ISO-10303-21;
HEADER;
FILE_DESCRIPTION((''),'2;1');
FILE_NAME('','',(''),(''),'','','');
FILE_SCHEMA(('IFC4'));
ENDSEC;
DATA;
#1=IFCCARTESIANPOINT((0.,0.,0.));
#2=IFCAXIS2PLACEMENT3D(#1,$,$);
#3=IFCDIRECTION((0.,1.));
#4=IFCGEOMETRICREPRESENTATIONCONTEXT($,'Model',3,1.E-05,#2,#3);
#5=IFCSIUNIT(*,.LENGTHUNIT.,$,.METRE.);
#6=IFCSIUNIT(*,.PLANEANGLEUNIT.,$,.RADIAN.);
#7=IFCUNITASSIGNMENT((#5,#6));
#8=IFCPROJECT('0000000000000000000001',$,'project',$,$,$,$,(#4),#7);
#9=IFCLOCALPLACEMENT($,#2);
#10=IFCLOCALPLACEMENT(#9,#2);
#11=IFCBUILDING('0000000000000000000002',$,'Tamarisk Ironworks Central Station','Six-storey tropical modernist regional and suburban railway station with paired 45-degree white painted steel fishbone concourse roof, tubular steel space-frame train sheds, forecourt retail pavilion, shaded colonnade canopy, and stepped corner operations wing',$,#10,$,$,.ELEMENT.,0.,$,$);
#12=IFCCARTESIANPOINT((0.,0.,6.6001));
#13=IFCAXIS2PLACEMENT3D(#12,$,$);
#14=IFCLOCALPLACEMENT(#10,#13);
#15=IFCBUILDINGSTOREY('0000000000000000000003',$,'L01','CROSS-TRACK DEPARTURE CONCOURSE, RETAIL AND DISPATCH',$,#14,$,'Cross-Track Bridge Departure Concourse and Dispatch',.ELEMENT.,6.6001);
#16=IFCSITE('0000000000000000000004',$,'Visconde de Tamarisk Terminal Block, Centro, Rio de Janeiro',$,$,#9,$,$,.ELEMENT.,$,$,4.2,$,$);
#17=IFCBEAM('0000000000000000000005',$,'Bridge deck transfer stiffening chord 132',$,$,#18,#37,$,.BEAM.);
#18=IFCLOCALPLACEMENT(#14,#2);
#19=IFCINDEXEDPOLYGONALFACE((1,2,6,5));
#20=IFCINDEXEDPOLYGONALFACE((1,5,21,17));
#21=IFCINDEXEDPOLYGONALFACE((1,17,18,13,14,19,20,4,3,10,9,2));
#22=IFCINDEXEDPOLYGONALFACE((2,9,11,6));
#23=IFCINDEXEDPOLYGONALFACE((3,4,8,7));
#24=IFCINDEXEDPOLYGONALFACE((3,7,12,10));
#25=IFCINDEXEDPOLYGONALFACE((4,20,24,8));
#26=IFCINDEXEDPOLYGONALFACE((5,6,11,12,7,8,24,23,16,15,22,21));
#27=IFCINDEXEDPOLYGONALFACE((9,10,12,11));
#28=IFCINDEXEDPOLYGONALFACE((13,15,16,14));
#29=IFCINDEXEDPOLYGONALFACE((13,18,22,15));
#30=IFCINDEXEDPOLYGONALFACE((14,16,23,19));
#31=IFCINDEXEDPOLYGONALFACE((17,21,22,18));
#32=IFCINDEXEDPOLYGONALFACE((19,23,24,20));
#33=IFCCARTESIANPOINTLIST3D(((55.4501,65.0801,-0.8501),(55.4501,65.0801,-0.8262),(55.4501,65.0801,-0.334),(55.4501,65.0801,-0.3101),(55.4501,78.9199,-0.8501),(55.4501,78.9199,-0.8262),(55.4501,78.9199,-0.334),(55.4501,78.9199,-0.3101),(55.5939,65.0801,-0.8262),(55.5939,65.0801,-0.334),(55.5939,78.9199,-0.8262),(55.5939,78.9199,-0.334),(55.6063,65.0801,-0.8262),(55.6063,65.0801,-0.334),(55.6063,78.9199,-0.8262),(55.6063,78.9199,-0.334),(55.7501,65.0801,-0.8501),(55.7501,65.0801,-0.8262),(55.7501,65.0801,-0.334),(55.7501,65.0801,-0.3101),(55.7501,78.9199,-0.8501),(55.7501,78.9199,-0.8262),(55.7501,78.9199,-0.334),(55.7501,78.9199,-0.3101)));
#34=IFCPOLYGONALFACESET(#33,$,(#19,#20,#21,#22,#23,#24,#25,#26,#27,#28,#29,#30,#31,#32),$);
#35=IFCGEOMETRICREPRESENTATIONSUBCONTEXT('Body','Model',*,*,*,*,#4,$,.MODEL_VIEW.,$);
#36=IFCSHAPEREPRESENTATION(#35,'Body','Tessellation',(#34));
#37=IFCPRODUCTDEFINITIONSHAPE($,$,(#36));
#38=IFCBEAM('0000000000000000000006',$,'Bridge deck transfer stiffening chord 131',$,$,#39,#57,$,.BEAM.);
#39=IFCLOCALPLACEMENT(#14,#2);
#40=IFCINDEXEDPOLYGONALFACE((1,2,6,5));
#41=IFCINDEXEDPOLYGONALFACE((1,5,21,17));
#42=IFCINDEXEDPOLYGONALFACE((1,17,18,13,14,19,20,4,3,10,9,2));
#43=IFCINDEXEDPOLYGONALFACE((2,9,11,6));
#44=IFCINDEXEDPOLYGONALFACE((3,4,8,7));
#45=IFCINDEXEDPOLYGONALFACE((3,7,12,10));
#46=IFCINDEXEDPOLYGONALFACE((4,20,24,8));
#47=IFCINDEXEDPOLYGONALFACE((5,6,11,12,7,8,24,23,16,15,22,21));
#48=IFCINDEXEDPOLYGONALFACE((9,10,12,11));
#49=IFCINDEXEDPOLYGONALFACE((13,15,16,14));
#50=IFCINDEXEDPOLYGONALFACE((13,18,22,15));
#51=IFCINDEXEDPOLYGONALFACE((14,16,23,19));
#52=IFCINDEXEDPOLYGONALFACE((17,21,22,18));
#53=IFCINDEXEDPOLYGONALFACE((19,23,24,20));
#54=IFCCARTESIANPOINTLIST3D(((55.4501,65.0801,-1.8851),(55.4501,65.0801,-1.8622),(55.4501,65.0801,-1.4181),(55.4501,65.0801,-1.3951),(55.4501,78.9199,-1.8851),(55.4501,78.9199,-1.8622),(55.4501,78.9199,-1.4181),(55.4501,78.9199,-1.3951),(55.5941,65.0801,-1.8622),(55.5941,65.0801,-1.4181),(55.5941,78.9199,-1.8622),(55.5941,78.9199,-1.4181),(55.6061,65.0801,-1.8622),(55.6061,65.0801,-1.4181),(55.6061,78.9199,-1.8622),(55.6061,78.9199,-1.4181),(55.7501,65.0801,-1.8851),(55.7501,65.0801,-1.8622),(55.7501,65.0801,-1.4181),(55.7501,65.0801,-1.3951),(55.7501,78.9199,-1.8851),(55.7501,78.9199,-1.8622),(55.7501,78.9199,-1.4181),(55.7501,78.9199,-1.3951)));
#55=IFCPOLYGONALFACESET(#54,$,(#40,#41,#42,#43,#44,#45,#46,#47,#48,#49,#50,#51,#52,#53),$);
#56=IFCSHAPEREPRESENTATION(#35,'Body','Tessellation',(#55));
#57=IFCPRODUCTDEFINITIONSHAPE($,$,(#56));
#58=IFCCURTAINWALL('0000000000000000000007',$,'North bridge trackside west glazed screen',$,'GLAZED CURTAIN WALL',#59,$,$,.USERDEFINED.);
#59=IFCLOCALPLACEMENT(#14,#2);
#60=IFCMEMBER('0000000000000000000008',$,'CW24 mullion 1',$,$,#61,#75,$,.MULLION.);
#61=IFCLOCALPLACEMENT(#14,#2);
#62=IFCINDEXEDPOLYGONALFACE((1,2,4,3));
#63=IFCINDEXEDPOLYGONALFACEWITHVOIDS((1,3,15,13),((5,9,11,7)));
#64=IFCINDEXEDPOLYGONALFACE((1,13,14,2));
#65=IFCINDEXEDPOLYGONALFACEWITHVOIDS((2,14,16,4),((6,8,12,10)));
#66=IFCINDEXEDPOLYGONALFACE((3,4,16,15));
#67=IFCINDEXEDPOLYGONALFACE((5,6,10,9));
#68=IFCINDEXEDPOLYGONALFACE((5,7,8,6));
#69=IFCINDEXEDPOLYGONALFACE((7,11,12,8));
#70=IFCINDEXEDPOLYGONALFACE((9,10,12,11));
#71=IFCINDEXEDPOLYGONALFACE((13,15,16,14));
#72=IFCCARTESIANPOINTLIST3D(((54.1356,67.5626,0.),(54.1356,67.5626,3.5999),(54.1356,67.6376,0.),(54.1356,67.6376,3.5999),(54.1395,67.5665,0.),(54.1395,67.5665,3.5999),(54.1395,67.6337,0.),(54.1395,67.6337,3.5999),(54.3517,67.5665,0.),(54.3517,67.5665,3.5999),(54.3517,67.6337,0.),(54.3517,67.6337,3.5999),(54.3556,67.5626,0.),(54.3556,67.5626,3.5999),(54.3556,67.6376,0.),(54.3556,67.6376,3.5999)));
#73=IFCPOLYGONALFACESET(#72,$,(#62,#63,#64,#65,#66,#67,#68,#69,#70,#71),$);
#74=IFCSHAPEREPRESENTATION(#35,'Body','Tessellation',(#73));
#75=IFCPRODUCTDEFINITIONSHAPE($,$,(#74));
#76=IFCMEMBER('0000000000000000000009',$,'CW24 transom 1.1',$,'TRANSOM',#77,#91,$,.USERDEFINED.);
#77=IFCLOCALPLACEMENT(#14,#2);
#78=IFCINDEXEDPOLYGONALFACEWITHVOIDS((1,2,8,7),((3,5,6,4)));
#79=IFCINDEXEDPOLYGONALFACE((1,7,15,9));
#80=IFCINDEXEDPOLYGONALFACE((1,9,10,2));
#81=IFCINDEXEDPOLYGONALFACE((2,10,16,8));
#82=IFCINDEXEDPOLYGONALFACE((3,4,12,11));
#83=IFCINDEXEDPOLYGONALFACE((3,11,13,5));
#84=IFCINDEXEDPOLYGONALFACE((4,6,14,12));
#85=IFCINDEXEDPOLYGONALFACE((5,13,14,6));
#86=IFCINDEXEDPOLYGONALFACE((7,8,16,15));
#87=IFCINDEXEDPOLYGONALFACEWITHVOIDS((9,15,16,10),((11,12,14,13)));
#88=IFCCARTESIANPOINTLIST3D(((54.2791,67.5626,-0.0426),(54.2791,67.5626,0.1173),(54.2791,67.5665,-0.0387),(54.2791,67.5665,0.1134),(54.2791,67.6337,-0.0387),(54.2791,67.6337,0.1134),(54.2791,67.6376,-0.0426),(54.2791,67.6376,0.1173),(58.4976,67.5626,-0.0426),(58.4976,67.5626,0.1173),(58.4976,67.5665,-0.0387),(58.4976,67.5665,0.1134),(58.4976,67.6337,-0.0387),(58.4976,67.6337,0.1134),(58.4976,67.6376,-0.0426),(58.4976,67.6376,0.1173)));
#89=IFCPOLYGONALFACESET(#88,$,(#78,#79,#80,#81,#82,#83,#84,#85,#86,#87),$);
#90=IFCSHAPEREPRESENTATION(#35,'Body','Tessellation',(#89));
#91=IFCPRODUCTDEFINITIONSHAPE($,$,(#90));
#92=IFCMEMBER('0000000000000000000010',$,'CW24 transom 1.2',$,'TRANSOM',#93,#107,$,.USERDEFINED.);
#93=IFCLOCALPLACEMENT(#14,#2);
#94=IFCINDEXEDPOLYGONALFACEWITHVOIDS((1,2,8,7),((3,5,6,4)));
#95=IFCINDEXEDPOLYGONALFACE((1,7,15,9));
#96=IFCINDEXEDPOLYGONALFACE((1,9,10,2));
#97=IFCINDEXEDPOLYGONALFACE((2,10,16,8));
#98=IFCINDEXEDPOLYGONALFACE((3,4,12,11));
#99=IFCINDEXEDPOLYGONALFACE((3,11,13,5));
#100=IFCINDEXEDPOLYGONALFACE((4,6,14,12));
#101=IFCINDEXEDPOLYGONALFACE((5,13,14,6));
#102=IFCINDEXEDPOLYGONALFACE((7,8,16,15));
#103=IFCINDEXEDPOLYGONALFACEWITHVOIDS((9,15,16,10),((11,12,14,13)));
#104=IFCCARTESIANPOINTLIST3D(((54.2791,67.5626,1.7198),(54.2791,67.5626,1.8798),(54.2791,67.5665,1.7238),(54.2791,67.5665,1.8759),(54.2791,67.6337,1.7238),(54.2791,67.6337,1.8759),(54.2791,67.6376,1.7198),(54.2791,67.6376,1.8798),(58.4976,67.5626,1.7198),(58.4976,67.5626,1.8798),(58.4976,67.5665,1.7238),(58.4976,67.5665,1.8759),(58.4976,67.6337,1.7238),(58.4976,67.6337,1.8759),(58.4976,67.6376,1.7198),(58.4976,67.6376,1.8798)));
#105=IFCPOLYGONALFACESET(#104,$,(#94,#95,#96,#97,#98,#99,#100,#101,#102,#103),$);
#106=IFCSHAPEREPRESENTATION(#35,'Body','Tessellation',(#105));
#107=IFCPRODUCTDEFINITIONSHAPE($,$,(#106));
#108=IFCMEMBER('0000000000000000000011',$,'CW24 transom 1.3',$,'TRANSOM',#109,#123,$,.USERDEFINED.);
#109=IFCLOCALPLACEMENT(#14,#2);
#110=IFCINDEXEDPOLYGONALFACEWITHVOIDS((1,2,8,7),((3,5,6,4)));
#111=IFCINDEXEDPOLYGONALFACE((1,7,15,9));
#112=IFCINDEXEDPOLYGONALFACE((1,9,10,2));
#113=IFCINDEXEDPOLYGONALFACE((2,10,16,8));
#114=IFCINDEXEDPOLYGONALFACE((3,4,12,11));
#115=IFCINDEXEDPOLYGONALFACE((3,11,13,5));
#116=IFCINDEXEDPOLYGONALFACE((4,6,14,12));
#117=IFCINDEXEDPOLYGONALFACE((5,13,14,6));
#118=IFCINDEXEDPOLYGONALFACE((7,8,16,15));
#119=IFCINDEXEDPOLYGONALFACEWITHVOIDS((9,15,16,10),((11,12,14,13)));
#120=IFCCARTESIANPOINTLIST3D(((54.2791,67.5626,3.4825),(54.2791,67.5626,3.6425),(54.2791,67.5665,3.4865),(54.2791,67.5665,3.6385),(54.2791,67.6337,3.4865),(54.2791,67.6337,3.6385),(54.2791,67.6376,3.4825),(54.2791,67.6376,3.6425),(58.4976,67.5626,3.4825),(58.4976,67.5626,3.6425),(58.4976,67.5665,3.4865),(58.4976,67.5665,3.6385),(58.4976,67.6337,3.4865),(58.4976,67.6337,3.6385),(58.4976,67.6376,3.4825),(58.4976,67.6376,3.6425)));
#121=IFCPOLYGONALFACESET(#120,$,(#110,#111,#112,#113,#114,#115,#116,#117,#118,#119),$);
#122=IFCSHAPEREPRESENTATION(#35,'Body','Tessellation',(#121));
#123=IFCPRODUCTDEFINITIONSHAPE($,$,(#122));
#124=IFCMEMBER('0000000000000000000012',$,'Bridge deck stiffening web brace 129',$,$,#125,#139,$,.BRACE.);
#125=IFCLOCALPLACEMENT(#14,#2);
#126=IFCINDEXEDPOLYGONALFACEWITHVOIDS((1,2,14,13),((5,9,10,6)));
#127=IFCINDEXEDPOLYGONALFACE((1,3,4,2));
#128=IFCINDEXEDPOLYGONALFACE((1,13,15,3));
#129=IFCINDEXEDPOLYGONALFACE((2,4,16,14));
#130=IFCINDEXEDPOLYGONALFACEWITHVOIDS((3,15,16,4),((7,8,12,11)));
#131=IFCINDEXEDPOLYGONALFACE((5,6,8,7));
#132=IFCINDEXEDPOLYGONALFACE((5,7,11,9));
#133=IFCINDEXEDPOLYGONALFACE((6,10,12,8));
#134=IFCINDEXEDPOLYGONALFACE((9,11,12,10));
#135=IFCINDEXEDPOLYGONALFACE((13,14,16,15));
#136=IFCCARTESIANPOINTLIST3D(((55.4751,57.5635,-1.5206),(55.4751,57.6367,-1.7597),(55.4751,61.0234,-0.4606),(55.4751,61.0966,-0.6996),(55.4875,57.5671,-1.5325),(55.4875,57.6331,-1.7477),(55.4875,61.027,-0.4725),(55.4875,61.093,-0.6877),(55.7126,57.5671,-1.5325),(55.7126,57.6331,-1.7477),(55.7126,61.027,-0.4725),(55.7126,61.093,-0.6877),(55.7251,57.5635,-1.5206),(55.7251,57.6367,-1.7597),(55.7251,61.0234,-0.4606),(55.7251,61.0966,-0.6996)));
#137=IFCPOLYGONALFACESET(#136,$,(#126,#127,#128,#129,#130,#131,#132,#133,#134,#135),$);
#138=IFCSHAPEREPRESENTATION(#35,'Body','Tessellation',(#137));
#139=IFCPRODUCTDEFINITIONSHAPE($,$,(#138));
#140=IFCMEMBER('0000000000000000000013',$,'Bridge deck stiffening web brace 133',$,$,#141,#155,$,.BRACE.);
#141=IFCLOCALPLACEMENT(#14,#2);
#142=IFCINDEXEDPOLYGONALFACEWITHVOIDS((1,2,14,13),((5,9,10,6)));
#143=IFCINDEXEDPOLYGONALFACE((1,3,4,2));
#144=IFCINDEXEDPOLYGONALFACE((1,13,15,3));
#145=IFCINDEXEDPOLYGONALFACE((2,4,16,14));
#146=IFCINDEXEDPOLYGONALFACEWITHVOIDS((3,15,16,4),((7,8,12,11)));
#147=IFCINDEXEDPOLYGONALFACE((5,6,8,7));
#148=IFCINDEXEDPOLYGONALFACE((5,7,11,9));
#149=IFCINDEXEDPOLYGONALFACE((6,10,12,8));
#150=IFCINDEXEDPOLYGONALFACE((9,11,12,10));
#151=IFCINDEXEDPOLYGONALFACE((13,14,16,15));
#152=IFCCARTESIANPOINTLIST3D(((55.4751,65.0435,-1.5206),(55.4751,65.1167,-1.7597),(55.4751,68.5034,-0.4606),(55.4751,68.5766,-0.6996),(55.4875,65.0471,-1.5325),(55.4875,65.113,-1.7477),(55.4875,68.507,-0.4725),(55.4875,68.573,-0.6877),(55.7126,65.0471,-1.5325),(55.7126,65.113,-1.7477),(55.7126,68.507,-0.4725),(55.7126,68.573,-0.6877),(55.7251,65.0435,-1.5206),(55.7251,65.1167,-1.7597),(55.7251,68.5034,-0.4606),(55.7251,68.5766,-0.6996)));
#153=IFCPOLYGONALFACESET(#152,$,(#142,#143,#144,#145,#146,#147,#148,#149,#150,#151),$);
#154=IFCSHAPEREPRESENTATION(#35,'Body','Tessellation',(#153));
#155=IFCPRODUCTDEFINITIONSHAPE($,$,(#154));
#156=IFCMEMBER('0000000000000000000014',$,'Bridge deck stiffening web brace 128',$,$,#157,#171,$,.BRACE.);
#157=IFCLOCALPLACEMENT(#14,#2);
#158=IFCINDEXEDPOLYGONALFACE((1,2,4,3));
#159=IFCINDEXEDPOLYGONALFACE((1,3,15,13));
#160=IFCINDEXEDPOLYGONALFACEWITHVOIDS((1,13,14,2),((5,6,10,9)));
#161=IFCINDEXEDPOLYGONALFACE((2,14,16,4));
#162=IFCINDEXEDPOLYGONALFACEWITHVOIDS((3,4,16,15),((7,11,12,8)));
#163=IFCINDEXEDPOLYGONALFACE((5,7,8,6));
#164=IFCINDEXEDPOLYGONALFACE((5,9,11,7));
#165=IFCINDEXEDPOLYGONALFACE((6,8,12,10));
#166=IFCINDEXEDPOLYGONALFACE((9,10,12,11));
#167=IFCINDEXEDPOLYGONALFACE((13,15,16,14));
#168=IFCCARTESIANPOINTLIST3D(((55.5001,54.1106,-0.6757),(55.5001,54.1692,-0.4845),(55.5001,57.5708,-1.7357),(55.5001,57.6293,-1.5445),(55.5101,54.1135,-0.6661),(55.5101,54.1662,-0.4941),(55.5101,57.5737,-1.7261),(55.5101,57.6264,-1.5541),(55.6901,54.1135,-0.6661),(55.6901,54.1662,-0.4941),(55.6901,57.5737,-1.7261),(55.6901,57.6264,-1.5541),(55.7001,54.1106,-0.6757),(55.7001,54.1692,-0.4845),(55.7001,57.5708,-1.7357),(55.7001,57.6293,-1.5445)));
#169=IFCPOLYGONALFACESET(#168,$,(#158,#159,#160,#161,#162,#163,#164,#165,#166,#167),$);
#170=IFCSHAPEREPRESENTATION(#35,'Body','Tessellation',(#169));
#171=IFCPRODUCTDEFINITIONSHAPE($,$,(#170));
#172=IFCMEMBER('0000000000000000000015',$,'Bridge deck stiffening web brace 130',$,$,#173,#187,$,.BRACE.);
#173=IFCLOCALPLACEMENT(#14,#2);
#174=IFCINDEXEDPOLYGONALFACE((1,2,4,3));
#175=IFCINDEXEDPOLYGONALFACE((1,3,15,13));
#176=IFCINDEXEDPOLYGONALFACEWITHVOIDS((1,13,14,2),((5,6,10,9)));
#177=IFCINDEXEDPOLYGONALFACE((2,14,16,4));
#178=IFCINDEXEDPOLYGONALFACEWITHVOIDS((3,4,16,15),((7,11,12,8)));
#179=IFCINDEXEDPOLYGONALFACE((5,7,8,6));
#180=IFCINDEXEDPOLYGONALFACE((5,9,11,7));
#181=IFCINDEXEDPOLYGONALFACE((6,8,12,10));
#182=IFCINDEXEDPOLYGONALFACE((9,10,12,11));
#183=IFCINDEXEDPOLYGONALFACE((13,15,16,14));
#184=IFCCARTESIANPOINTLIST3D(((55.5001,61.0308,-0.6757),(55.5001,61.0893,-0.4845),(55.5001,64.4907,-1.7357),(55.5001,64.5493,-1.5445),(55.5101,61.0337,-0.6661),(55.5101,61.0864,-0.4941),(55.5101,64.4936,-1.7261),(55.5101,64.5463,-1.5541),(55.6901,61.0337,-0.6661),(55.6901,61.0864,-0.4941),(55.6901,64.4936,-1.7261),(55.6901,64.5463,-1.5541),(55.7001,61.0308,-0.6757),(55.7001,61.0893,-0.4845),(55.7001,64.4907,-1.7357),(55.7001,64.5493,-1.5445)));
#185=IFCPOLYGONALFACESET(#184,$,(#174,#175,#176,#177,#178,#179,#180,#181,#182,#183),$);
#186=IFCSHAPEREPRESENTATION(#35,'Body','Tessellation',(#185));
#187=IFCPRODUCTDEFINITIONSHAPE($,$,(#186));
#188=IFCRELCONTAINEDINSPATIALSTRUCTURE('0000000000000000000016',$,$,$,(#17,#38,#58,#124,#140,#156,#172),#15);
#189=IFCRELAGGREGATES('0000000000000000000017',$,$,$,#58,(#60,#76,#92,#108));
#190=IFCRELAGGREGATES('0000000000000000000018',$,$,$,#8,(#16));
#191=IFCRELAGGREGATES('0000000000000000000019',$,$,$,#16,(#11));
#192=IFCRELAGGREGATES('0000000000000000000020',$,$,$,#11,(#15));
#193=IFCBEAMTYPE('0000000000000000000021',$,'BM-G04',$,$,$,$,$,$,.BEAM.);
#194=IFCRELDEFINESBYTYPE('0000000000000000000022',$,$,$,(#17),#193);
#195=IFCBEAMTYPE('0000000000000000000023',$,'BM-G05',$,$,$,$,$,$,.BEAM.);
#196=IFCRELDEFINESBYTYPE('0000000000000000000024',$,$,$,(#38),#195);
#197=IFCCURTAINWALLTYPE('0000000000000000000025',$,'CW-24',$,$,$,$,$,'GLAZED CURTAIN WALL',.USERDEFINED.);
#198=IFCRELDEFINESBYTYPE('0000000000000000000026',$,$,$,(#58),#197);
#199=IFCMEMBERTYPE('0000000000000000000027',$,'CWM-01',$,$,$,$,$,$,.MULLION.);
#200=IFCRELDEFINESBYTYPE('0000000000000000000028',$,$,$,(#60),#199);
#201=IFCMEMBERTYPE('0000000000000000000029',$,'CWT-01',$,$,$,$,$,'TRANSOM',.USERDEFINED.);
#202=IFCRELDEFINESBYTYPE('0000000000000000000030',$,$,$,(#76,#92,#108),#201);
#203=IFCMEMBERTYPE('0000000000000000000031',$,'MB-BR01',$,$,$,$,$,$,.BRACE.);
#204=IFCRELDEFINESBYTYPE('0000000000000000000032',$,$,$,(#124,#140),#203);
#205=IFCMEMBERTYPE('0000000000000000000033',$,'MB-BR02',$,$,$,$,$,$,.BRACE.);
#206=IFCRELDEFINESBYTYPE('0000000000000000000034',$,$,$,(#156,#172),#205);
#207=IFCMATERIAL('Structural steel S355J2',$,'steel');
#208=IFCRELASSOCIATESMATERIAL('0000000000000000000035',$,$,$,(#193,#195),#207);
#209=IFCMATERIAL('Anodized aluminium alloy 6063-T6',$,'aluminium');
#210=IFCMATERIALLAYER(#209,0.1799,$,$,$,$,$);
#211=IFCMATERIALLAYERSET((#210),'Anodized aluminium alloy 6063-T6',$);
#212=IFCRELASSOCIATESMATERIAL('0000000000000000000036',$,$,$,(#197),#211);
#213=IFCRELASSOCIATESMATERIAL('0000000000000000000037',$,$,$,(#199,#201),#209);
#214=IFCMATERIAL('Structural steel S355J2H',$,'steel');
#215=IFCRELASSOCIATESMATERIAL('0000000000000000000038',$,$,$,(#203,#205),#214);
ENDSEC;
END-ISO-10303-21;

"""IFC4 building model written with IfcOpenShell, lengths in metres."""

from ifc_helpers import new_model, si_unit, direction, frame, origin, origin_2d, place, context, subcontext, project, spatial, hollow_rectangle, i_section, extrude, material, layer, layer_set, material_profile, profile_set, type_object, element, aggregate, save


model = new_model("IFC4")

# Units and contexts
model_context = context("Model", 3, precision=1e-05, world=origin(), true_north=direction((0.0, 1.0)))
body_context = subcontext(model_context, "Body", "Model", "MODEL_VIEW")
ifc_project = project(units=[si_unit("LENGTHUNIT", "METRE"), si_unit("PLANEANGLEUNIT", "RADIAN")], contexts=[model_context])

# Site, building, storey
site_placement = place(None, origin())
site = spatial("IfcSite", under=ifc_project, at=site_placement, Name="Visconde de Tamarisk Terminal Block, Centro, Rio de Janeiro", CompositionType="ELEMENT", RefElevation=4.2)
building_placement = place(site_placement, origin())
building = spatial("IfcBuilding", under=site, at=building_placement, Name="Tamarisk Ironworks Central Station", Description="Six-storey tropical modernist regional and suburban railway station with paired 45-degree white painted steel fishbone concourse roof, tubular steel space-frame train sheds, forecourt retail pavilion, shaded colonnade canopy, and stepped corner operations wing", CompositionType="ELEMENT", ElevationOfRefHeight=0.0)
storey_placement = place(building_placement, frame((0.0, 0.0, 6.6001)))
storey = spatial("IfcBuildingStorey", under=building, at=storey_placement, Name="L01", Description="CROSS-TRACK DEPARTURE CONCOURSE, RETAIL AND DISPATCH", LongName="Cross-Track Bridge Departure Concourse and Dispatch", CompositionType="ELEMENT", Elevation=6.6001)

# Beams
ifc_material_1 = material(Name="Structural steel S355J2", Category="steel")
ifc_material_profile_1 = material_profile(ifc_material_1, i_section(OverallWidth=0.3, OverallDepth=0.54, WebThickness=0.0125, FlangeThickness=0.0239, at=origin_2d()), Name="HEA 550")
ifc_profile_set_1 = profile_set([ifc_material_profile_1], Name="Structural steel S355J2")
beam_type_1 = type_object("IfcBeamType", Name="BM-G04", PredefinedType="BEAM", material=ifc_profile_set_1)
beam_1_placement = place(storey_placement, frame((55.6001, 65.0801, -0.5801), z_axis=(0.0, 1.0, 0.0), x_axis=(-1.0, 0.0, 0.0)))
element("IfcBeam", 1, at=beam_1_placement, inside=storey, type_object=beam_type_1, Name="Bridge deck transfer stiffening chord 132", PredefinedType="BEAM", context=body_context, shape_type="SweptSolid", body=[
    extrude(i_section(OverallWidth=0.3, OverallDepth=0.54, WebThickness=0.0125, FlangeThickness=0.0239, at=origin_2d()), origin(), (0.0, 0.0, 1.0), 13.8398),
])
ifc_material_profile_2 = material_profile(ifc_material_1, i_section(OverallWidth=0.3, OverallDepth=0.49, WebThickness=0.012, FlangeThickness=0.0229, at=origin_2d()), Name="HEA 500")
ifc_profile_set_2 = profile_set([ifc_material_profile_2], Name="Structural steel S355J2")
beam_type_2 = type_object("IfcBeamType", Name="BM-G05", PredefinedType="BEAM", material=ifc_profile_set_2)
beam_2_placement = place(storey_placement, frame((55.6001, 65.0801, -1.6401), z_axis=(0.0, 1.0, 0.0), x_axis=(-1.0, 0.0, 0.0)))
element("IfcBeam", 2, at=beam_2_placement, inside=storey, type_object=beam_type_2, Name="Bridge deck transfer stiffening chord 131", PredefinedType="BEAM", context=body_context, shape_type="SweptSolid", body=[
    extrude(i_section(OverallWidth=0.3, OverallDepth=0.49, WebThickness=0.012, FlangeThickness=0.0229, at=origin_2d()), origin(), (0.0, 0.0, 1.0), 13.8398),
])

# Curtain wall, members
ifc_material_2 = material(Name="Anodized aluminium alloy 6063-T6", Category="aluminium")
ifc_layer_1 = layer(ifc_material_2, 0.1799)
ifc_layer_set_1 = layer_set([ifc_layer_1], Name="Anodized aluminium alloy 6063-T6")
curtain_wall_type = type_object("IfcCurtainWallType", Name="CW-24", ElementType="GLAZED CURTAIN WALL", PredefinedType="USERDEFINED", material=ifc_layer_set_1)
curtain_wall_placement = place(storey_placement, origin())
curtain_wall = element("IfcCurtainWall", 3, at=curtain_wall_placement, inside=storey, type_object=curtain_wall_type, Name="North bridge trackside west glazed screen", ObjectType="GLAZED CURTAIN WALL", PredefinedType="USERDEFINED")
ifc_material_profile_3 = material_profile(ifc_material_2, hollow_rectangle(XDim=0.075, YDim=0.22, WallThickness=0.0039, at=origin_2d()), Name="ALUM 220x75")
ifc_profile_set_3 = profile_set([ifc_material_profile_3], Name="Anodized aluminium alloy 6063-T6")
member_type_1 = type_object("IfcMemberType", Name="CWM-01", PredefinedType="MULLION", material=ifc_profile_set_3)
member_1_placement = place(storey_placement, frame((54.2456, 67.6001, 0.0), z_axis=(0.0, 0.0, 1.0), x_axis=(0.0, 1.0, 0.0)))
member_1 = element("IfcMember", 4, at=member_1_placement, type_object=member_type_1, Name="CW24 mullion 1", PredefinedType="MULLION", context=body_context, shape_type="SweptSolid", body=[
    extrude(hollow_rectangle(XDim=0.075, YDim=0.22, WallThickness=0.0039, at=origin_2d()), origin(), (0.0, 0.0, 1.0), 3.5999),
])
ifc_material_profile_4 = material_profile(ifc_material_2, hollow_rectangle(XDim=0.075, YDim=0.1599, WallThickness=0.0039, at=origin_2d()), Name="ALUM 160x75")
ifc_profile_set_4 = profile_set([ifc_material_profile_4], Name="Anodized aluminium alloy 6063-T6")
member_type_2 = type_object("IfcMemberType", Name="CWT-01", ElementType="TRANSOM", PredefinedType="USERDEFINED", material=ifc_profile_set_4)
member_2_placement = place(storey_placement, frame((54.2791, 67.6001, 0.0374), z_axis=(1.0, 0.0, 0.0), x_axis=(0.0, 1.0, 0.0)))
member_2 = element("IfcMember", 5, at=member_2_placement, type_object=member_type_2, Name="CW24 transom 1.1", ObjectType="TRANSOM", PredefinedType="USERDEFINED", context=body_context, shape_type="SweptSolid", body=[
    extrude(hollow_rectangle(XDim=0.075, YDim=0.1599, WallThickness=0.0039, at=origin_2d()), origin(), (0.0, 0.0, 1.0), 4.2185),
])
member_3_placement = place(storey_placement, frame((54.2791, 67.6001, 1.7998), z_axis=(1.0, 0.0, 0.0), x_axis=(0.0, 1.0, 0.0)))
member_3 = element("IfcMember", 6, at=member_3_placement, type_object=member_type_2, Name="CW24 transom 1.2", ObjectType="TRANSOM", PredefinedType="USERDEFINED", context=body_context, shape_type="SweptSolid", body=[
    extrude(hollow_rectangle(XDim=0.075, YDim=0.1599, WallThickness=0.0039, at=origin_2d()), origin(), (0.0, 0.0, 1.0), 4.2185),
])
member_4_placement = place(storey_placement, frame((54.2791, 67.6001, 3.5625), z_axis=(1.0, 0.0, 0.0), x_axis=(0.0, 1.0, 0.0)))
member_4 = element("IfcMember", 7, at=member_4_placement, type_object=member_type_2, Name="CW24 transom 1.3", ObjectType="TRANSOM", PredefinedType="USERDEFINED", context=body_context, shape_type="SweptSolid", body=[
    extrude(hollow_rectangle(XDim=0.075, YDim=0.1599, WallThickness=0.0039, at=origin_2d()), origin(), (0.0, 0.0, 1.0), 4.2185),
])
aggregate(curtain_wall, [member_1, member_2, member_3, member_4])

# Members
ifc_material_3 = material(Name="Structural steel S355J2H", Category="steel")
ifc_material_profile_5 = material_profile(ifc_material_3, hollow_rectangle(XDim=0.25, YDim=0.25, WallThickness=0.0125, at=origin_2d()), Name="SHS 250x250x12.5")
ifc_profile_set_5 = profile_set([ifc_material_profile_5], Name="Structural steel S355J2H")
member_type_3 = type_object("IfcMemberType", Name="MB-BR01", PredefinedType="BRACE", material=ifc_profile_set_5)
for number, where, z_axis, x_axis, name in (
    (8, (55.6001, 57.6001, -1.6401), (0.0, 0.956131, 0.292938), (-1.0, 0.0, 0.0), "Bridge deck stiffening web brace 129"),
    (9, (55.6001, 65.0801, -1.6401), (0.0, 0.956131, 0.292938), (-1.0, 0.0, 0.0), "Bridge deck stiffening web brace 133"),
):
    element("IfcMember", number, at=place(storey_placement, frame(where, z_axis=z_axis, x_axis=x_axis)), inside=storey, type_object=member_type_3, Name=name, PredefinedType="BRACE", context=body_context, shape_type="SweptSolid", body=[
        extrude(hollow_rectangle(XDim=0.25, YDim=0.25, WallThickness=0.0125, at=origin_2d()), origin(), (0.0, 0.0, 1.0), 3.6187),
    ])
ifc_material_profile_6 = material_profile(ifc_material_3, hollow_rectangle(XDim=0.2, YDim=0.2, WallThickness=0.01, at=origin_2d()), Name="SHS 200x200x10")
ifc_profile_set_6 = profile_set([ifc_material_profile_6], Name="Structural steel S355J2H")
member_type_4 = type_object("IfcMemberType", Name="MB-BR02", PredefinedType="BRACE", material=ifc_profile_set_6)
member_5_placement = place(storey_placement, frame((55.6001, 54.1399, -0.5801), z_axis=(0.0, 0.956137, -0.292919), x_axis=(-1.0, 0.0, 0.0)))
element("IfcMember", 10, at=member_5_placement, inside=storey, type_object=member_type_4, Name="Bridge deck stiffening web brace 128", PredefinedType="BRACE", context=body_context, shape_type="SweptSolid", body=[
    extrude(hollow_rectangle(XDim=0.2, YDim=0.2, WallThickness=0.01, at=origin_2d()), origin(), (0.0, 0.0, 1.0), 3.6189),
])
member_6_placement = place(storey_placement, frame((55.6001, 61.0601, -0.5801), z_axis=(0.0, 0.956131, -0.292938), x_axis=(-1.0, 0.0, 0.0)))
element("IfcMember", 11, at=member_6_placement, inside=storey, type_object=member_type_4, Name="Bridge deck stiffening web brace 130", PredefinedType="BRACE", context=body_context, shape_type="SweptSolid", body=[
    extrude(hollow_rectangle(XDim=0.2, YDim=0.2, WallThickness=0.01, at=origin_2d()), origin(), (0.0, 0.0, 1.0), 3.6187),
])

save(model, "model.ifc")
